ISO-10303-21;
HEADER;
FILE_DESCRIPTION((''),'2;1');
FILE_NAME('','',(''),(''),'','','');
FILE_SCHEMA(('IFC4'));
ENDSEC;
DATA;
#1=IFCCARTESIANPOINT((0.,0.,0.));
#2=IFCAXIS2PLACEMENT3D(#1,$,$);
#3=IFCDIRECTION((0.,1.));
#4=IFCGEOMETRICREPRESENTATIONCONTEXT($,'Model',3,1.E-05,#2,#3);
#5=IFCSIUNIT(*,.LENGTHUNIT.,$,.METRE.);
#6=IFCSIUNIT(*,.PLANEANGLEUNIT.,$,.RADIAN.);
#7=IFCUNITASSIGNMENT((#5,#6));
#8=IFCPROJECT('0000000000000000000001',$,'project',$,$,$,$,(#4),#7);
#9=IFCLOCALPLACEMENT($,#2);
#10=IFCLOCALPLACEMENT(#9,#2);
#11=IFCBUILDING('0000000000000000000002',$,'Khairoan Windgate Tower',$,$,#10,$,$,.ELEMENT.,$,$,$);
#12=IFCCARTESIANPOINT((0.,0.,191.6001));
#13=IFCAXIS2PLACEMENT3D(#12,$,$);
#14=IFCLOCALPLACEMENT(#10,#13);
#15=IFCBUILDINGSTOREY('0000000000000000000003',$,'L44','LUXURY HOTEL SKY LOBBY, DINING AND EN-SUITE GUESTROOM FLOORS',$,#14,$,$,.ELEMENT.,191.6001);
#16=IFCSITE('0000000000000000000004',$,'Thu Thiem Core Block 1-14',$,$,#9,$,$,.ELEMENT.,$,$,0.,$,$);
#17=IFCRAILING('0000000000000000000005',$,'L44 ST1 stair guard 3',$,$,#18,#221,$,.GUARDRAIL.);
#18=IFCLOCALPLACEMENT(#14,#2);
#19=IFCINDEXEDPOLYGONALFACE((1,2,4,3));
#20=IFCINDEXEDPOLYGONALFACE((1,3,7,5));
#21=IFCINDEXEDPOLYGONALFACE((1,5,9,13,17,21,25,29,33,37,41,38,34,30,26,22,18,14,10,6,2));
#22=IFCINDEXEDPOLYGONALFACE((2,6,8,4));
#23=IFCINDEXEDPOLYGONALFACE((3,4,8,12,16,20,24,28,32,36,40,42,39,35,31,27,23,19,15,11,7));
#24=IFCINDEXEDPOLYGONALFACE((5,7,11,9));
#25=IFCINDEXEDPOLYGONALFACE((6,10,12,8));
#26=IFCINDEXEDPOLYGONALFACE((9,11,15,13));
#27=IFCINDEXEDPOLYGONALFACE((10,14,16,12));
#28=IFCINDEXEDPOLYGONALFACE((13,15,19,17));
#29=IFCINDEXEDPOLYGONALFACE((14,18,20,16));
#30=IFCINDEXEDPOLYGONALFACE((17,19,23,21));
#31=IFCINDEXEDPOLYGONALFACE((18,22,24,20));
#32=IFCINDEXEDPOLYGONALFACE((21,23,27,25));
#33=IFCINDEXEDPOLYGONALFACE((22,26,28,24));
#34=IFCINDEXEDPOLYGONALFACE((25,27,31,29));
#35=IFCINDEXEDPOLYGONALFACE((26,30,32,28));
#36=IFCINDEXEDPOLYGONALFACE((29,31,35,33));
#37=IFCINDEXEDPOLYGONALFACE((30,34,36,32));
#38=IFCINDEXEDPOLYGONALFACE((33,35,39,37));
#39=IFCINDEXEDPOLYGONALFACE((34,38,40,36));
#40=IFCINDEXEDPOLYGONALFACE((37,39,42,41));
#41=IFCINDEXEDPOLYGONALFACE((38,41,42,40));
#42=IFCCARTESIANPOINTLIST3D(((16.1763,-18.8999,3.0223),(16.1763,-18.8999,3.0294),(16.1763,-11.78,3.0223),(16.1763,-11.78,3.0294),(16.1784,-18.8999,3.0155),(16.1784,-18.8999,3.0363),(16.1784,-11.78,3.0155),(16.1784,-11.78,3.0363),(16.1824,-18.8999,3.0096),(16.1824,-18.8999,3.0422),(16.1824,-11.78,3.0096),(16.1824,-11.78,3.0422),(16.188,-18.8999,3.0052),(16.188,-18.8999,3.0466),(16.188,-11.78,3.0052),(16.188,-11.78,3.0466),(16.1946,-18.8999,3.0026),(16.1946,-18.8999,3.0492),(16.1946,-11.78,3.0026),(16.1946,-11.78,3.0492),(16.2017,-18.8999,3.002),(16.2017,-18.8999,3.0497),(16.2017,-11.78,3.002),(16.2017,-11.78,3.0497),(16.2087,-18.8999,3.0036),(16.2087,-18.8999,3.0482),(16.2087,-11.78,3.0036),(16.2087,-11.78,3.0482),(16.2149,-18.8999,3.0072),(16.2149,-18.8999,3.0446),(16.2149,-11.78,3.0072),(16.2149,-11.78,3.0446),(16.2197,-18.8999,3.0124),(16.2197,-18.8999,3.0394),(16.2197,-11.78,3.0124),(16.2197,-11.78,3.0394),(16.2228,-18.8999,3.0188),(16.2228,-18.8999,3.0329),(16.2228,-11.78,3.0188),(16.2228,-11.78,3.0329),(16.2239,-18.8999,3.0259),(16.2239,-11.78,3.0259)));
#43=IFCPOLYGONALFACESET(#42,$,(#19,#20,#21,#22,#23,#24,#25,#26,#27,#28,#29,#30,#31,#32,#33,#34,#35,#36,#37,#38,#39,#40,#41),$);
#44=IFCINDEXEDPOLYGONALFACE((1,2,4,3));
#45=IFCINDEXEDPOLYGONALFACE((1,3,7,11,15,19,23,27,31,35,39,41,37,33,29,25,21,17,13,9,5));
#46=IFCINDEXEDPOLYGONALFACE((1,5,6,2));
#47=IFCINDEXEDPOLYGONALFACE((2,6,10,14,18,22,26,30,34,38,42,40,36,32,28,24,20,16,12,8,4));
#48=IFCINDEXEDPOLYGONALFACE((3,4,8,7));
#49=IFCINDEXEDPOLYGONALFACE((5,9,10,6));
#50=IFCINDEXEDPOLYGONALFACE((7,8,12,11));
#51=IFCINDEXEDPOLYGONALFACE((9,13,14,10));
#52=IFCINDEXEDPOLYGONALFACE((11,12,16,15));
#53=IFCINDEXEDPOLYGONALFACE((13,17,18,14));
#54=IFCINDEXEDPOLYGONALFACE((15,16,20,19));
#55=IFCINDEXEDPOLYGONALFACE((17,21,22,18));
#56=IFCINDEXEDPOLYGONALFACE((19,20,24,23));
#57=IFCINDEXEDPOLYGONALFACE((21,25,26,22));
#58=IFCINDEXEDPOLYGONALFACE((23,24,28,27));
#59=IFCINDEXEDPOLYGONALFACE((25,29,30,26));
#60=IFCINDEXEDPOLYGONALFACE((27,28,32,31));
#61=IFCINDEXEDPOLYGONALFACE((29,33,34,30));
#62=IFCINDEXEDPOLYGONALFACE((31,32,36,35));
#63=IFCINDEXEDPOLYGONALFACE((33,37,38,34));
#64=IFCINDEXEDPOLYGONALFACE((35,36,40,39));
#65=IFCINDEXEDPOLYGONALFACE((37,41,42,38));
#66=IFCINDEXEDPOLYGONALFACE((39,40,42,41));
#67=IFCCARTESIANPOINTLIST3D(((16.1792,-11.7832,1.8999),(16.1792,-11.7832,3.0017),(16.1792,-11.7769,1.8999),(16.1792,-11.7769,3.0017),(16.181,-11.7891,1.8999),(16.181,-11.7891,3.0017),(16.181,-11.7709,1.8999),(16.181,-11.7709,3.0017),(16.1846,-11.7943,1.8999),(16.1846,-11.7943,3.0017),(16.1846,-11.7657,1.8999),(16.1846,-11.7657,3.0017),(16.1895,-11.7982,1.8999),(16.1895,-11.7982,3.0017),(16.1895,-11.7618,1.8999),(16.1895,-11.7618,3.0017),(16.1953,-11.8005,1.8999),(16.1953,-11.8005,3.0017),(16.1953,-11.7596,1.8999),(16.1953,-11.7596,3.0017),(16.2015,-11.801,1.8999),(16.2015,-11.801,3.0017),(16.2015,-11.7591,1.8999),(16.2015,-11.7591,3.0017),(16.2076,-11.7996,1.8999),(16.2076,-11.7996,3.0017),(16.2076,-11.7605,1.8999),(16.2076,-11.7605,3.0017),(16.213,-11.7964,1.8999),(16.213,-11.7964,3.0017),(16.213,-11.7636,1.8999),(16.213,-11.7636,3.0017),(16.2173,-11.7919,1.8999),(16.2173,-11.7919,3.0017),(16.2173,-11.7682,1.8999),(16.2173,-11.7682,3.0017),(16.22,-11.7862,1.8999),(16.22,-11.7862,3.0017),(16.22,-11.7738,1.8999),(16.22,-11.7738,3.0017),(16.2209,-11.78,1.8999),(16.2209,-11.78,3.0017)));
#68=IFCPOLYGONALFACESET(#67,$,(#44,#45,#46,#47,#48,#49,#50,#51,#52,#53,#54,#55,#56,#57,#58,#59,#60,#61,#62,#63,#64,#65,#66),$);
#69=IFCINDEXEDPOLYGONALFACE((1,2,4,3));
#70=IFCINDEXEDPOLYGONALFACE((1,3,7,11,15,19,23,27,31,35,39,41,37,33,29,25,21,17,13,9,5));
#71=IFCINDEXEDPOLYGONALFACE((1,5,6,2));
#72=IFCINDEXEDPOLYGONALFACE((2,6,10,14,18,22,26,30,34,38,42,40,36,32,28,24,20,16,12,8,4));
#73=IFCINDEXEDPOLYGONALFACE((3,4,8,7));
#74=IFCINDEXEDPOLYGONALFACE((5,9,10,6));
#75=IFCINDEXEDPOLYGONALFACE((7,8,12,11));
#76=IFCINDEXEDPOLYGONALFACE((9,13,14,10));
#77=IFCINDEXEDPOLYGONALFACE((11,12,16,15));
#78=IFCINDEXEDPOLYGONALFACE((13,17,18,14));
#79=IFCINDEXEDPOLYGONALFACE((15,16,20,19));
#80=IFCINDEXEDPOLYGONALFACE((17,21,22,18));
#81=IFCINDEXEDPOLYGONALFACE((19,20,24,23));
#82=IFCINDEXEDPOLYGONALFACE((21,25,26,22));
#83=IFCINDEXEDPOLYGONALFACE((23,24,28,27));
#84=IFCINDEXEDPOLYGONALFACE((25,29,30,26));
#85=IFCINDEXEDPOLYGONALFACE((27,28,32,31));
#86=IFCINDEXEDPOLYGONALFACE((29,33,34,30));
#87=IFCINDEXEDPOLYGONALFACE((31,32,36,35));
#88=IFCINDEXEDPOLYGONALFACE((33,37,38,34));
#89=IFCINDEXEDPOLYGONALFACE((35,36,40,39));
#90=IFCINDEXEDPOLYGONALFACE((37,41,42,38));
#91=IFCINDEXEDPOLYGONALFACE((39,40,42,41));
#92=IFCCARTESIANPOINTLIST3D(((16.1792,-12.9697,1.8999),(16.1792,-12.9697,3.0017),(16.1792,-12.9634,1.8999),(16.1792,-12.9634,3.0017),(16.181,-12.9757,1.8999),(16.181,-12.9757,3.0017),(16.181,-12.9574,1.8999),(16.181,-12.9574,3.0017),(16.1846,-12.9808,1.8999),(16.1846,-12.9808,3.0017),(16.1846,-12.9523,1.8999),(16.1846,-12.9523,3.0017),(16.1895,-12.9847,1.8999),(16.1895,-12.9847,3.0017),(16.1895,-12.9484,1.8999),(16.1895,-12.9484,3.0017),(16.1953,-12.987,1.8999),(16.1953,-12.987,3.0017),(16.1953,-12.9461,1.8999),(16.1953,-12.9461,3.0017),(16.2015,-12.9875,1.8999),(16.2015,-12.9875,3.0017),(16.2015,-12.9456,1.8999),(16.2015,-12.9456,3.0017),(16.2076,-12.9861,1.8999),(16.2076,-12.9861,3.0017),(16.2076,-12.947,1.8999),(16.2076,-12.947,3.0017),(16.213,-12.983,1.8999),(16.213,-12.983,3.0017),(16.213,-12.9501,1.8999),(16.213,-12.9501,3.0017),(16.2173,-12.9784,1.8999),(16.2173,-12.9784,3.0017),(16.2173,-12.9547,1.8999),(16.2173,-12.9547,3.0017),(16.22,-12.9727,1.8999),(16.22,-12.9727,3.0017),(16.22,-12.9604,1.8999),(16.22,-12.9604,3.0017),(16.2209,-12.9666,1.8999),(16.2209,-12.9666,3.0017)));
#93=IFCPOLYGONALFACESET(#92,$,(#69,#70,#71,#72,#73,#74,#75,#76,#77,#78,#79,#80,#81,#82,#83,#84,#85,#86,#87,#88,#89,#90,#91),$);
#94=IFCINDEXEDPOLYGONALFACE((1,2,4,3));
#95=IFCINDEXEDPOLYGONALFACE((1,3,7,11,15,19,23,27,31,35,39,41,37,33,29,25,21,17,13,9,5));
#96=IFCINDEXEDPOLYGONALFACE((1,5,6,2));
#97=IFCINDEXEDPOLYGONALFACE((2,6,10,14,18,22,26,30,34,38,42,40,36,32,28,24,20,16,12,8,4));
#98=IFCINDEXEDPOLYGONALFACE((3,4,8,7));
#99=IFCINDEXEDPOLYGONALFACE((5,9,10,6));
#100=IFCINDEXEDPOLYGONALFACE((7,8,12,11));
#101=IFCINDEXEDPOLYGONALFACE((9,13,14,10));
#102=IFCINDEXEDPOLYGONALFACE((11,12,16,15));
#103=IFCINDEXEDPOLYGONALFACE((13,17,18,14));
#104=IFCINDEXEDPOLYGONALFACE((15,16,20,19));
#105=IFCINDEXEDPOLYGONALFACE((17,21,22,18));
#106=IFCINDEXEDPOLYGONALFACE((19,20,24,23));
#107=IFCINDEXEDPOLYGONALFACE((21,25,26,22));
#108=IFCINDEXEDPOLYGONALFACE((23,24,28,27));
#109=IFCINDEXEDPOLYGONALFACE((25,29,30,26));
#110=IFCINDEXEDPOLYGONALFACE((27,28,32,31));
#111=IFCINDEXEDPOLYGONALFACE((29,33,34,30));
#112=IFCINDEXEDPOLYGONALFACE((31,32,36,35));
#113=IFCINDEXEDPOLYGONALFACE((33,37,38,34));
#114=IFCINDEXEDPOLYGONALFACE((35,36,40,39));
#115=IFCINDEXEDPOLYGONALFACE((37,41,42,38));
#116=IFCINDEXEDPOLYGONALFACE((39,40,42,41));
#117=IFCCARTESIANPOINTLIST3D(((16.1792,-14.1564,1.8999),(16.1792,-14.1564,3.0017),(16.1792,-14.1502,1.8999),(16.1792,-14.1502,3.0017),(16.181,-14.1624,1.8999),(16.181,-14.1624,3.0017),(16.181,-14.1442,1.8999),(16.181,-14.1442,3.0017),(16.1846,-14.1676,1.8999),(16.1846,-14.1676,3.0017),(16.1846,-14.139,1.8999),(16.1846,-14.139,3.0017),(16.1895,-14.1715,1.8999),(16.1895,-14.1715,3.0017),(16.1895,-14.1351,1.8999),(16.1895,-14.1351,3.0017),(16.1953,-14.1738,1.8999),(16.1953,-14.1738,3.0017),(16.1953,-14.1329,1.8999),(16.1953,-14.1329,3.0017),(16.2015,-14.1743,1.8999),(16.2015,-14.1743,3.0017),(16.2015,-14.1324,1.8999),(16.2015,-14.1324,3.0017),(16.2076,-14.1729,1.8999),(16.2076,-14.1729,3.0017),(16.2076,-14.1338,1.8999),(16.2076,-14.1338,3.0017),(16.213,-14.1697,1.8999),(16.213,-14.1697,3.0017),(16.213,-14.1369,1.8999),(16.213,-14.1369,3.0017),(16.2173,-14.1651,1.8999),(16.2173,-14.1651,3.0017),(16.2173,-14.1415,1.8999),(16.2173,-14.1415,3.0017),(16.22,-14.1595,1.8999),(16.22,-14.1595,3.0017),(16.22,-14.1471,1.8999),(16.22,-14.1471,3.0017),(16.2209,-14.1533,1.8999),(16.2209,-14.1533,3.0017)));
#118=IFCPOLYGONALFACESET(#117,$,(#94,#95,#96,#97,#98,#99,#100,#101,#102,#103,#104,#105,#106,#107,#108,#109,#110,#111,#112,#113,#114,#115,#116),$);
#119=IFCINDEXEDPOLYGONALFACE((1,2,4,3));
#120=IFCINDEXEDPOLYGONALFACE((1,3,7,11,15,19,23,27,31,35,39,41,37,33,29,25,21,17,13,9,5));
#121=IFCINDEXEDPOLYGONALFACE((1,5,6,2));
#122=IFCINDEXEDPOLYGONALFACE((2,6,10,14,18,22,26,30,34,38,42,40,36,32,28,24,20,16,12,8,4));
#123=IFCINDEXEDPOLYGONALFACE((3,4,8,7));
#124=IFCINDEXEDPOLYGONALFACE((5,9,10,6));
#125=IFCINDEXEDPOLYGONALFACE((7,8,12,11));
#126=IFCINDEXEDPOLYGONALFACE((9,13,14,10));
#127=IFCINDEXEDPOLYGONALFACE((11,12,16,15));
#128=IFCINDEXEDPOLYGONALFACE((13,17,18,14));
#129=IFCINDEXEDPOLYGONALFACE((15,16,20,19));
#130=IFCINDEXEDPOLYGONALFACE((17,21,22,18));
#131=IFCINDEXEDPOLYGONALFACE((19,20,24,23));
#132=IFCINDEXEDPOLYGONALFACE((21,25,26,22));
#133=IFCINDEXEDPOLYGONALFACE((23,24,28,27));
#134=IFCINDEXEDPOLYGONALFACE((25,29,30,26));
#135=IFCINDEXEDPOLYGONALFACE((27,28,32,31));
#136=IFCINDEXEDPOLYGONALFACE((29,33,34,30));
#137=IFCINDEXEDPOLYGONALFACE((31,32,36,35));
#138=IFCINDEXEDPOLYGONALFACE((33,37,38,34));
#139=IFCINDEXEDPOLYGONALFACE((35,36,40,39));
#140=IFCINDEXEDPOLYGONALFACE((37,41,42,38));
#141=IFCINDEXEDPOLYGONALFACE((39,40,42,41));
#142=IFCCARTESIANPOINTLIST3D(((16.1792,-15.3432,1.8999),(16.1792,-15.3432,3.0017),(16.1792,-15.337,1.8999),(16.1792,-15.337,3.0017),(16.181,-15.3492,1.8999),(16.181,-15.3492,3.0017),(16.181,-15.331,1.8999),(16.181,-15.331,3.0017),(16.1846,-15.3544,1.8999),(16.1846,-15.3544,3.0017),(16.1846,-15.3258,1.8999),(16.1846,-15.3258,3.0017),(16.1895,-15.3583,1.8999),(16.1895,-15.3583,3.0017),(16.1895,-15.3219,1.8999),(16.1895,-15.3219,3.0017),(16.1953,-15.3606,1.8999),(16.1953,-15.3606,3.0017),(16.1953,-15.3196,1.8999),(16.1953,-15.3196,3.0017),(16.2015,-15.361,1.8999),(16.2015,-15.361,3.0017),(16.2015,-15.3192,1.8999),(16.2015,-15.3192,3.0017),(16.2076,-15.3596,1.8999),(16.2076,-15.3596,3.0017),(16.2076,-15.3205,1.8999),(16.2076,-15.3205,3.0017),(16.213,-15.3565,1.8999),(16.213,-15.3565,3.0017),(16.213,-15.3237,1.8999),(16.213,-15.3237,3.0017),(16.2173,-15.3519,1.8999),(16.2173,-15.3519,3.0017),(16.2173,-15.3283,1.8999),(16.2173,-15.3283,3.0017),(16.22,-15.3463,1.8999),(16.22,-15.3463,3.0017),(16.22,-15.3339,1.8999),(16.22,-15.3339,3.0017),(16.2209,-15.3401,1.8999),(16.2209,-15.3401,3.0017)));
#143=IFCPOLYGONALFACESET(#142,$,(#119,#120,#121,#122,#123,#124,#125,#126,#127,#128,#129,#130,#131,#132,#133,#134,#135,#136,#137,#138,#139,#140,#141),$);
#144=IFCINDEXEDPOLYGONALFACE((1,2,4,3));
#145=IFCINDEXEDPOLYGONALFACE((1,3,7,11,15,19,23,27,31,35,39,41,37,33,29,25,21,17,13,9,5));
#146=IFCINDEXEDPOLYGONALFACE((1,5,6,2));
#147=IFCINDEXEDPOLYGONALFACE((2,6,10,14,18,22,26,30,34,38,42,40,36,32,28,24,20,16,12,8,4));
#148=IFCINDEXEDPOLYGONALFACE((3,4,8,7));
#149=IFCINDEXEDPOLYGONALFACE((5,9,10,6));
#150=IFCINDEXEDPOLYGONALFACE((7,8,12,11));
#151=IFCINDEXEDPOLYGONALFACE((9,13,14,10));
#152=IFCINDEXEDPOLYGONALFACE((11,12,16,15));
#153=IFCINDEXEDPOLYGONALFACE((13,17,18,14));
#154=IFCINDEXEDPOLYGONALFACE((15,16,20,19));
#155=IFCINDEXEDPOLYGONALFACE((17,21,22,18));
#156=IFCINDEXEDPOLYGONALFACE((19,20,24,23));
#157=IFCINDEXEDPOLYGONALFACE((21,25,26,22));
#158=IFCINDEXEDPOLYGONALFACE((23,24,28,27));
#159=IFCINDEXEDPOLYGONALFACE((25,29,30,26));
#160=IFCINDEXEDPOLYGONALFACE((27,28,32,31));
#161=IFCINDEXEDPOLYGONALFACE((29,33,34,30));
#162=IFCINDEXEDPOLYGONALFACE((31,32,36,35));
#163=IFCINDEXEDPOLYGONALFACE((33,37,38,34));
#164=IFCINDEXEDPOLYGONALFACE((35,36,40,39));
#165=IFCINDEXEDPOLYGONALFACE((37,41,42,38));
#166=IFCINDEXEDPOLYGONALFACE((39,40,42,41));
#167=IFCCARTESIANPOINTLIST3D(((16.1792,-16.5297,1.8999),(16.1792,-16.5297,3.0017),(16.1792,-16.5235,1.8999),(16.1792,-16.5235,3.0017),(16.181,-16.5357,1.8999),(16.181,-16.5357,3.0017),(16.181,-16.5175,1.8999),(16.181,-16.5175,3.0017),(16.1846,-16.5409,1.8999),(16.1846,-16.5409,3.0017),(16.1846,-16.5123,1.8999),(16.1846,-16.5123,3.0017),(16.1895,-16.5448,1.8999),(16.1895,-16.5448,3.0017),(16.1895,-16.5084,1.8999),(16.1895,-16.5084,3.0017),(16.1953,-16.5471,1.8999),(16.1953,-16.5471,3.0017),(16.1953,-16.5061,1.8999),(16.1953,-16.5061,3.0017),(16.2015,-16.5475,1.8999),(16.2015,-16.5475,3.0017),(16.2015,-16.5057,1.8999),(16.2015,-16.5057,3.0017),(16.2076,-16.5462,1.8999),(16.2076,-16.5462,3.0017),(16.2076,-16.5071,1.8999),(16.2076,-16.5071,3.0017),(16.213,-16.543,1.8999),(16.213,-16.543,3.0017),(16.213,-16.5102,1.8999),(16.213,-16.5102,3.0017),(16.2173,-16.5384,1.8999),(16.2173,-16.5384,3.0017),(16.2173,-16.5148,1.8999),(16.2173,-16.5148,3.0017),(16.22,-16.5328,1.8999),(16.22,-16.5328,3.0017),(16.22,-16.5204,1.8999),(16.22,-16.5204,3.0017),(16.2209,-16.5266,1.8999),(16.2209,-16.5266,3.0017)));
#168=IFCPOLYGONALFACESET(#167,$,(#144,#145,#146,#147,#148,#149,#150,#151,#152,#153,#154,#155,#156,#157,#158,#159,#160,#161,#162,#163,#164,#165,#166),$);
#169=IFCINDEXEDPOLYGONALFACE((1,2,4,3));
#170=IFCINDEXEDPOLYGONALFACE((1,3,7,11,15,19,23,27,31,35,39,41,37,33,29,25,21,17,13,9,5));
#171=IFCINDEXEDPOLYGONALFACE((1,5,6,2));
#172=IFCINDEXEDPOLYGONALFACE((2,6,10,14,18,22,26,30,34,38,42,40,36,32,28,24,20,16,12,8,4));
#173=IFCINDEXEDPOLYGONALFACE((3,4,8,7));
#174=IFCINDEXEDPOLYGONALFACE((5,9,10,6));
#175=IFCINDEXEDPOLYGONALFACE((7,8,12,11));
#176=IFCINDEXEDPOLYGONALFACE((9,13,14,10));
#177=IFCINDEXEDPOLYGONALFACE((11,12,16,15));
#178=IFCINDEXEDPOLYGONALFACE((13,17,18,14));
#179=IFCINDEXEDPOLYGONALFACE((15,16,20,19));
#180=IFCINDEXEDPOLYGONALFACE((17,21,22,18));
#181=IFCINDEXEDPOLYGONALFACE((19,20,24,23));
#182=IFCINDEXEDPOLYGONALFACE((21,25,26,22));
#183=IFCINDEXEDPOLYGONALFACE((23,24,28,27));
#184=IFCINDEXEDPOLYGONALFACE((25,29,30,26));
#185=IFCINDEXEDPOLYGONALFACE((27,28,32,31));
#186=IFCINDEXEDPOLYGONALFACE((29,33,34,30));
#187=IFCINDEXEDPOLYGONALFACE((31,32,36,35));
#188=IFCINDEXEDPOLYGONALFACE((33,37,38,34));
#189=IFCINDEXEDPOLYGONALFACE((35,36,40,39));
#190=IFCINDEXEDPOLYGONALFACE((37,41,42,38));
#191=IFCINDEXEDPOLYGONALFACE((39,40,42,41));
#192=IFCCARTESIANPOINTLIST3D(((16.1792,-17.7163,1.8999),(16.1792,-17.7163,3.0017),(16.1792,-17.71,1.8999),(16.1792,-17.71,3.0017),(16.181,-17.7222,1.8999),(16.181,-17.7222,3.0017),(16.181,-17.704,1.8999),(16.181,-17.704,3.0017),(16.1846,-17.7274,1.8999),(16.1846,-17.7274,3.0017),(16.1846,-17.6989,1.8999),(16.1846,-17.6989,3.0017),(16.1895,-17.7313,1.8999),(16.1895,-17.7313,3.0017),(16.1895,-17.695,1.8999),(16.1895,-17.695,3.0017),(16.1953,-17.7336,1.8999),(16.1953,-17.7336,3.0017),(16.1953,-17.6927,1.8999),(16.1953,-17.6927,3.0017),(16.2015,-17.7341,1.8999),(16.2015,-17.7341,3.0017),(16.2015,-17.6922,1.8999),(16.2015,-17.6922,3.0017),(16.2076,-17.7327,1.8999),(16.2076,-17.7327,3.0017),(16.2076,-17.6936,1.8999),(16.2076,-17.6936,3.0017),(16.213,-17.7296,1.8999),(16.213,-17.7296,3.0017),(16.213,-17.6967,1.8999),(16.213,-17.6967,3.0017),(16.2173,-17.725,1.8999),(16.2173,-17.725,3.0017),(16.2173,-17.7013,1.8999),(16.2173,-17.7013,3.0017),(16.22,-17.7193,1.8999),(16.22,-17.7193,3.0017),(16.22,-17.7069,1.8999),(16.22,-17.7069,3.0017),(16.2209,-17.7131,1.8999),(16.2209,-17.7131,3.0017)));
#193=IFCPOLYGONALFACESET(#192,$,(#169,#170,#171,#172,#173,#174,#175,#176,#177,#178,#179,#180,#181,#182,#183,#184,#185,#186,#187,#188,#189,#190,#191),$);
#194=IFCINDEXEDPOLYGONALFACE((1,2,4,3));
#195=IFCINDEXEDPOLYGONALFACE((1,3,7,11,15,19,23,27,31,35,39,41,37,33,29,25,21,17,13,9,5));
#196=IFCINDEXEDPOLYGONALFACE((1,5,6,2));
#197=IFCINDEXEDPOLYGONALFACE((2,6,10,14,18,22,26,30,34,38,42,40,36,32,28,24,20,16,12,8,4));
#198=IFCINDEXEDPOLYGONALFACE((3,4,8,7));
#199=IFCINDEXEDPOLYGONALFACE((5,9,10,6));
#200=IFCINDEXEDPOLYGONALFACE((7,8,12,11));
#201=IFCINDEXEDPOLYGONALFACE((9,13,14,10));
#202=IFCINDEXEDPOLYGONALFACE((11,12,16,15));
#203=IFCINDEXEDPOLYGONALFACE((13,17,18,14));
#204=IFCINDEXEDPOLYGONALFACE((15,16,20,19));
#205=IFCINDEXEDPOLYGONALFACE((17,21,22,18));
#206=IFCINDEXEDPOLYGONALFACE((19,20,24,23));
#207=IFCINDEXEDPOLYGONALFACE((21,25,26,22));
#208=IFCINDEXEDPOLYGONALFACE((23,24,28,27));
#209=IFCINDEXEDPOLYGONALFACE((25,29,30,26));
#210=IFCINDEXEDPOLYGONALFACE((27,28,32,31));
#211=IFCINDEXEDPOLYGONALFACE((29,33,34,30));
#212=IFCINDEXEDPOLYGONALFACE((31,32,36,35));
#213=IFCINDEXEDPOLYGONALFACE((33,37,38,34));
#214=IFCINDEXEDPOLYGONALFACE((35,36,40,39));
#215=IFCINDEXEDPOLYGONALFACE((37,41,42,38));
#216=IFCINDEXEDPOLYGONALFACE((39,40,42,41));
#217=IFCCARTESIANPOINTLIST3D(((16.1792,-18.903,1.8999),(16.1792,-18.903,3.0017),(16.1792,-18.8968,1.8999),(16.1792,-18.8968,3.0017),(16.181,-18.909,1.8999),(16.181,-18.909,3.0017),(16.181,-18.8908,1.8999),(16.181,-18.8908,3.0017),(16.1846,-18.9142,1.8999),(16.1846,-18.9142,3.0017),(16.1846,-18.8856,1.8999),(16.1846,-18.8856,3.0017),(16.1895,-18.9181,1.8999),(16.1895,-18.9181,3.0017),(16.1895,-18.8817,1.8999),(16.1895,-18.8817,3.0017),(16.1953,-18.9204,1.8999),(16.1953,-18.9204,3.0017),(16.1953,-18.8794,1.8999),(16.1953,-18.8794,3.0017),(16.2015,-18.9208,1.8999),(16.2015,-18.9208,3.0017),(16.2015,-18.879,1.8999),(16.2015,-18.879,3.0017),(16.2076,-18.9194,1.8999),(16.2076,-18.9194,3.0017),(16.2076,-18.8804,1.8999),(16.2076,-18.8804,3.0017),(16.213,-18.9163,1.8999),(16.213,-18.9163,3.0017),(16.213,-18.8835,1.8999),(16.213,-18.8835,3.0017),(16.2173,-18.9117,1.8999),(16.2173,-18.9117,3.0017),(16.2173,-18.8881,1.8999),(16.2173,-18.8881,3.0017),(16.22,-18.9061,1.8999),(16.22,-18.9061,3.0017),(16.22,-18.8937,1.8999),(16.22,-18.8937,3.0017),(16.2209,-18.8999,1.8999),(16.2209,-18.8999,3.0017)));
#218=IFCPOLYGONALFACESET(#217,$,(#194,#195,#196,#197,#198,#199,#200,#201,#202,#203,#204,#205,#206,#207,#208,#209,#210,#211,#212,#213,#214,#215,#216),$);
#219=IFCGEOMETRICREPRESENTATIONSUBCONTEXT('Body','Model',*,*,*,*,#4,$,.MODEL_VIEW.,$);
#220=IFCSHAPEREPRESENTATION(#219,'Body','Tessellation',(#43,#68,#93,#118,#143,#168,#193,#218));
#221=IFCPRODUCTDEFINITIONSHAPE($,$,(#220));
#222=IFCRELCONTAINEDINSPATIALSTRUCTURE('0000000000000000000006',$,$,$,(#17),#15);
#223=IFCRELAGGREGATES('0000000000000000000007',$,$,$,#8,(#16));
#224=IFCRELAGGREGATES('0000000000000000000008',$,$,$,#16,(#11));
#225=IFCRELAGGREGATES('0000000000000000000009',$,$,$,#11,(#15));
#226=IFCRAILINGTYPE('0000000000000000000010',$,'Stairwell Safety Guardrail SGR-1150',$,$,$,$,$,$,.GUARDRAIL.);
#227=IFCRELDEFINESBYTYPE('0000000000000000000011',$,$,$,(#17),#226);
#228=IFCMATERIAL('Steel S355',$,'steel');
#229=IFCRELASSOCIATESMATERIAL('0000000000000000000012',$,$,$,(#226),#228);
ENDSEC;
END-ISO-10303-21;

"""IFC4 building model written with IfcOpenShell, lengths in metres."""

from ifc_helpers import new_model, si_unit, direction, frame, origin, origin_2d, place, context, subcontext, project, spatial, circle, extrude, material, type_object, element, save


model = new_model("IFC4")

# Units and contexts
model_context = context("Model", 3, precision=1e-05, world=origin(), true_north=direction((0.0, 1.0)))
body_context = subcontext(model_context, "Body", "Model", "MODEL_VIEW")
ifc_project = project(units=[si_unit("LENGTHUNIT", "METRE"), si_unit("PLANEANGLEUNIT", "RADIAN")], contexts=[model_context])

# Site, building, storey
site_placement = place(None, origin())
site = spatial("IfcSite", under=ifc_project, at=site_placement, Name="Thu Thiem Core Block 1-14", CompositionType="ELEMENT", RefElevation=0.0)
building_placement = place(site_placement, origin())
building = spatial("IfcBuilding", under=site, at=building_placement, Name="Khairoan Windgate Tower", CompositionType="ELEMENT")
storey_placement = place(building_placement, frame((0.0, 0.0, 191.6001)))
storey = spatial("IfcBuildingStorey", under=building, at=storey_placement, Name="L44", Description="LUXURY HOTEL SKY LOBBY, DINING AND EN-SUITE GUESTROOM FLOORS", CompositionType="ELEMENT", Elevation=191.6001)

# Railing
ifc_material_1 = material(Name="Steel S355", Category="steel")
railing_type_1 = type_object("IfcRailingType", Name="Stairwell Safety Guardrail SGR-1150", PredefinedType="GUARDRAIL", material=ifc_material_1)
railing_1_placement = place(storey_placement, frame((16.2, -11.78, 1.8999)))
element("IfcRailing", 1, at=railing_1_placement, inside=storey, type_object=railing_type_1, Name="L44 ST1 stair guard 3", PredefinedType="GUARDRAIL", context=body_context, shape_type="SweptSolid", body=[
    extrude(circle(Radius=0.0239, at=origin_2d()), frame((0.0, 0.0, 1.126), z_axis=(0.0, -1.0, 0.0), x_axis=(1.0, 0.0, 0.0)), (0.0, 0.0, 1.0), 7.1199),
    extrude(circle(Radius=0.021, at=origin_2d()), origin(), (0.0, 0.0, 1.0), 1.1018),
    extrude(circle(Radius=0.021, at=origin_2d()), frame((0.0, -1.1865, 0.0)), (0.0, 0.0, 1.0), 1.1018),
    extrude(circle(Radius=0.021, at=origin_2d()), frame((0.0, -2.3733, 0.0)), (0.0, 0.0, 1.0), 1.1018),
    extrude(circle(Radius=0.021, at=origin_2d()), frame((0.0, -3.5601, 0.0)), (0.0, 0.0, 1.0), 1.1018),
    extrude(circle(Radius=0.021, at=origin_2d()), frame((0.0, -4.7466, 0.0)), (0.0, 0.0, 1.0), 1.1018),
    extrude(circle(Radius=0.021, at=origin_2d()), frame((0.0, -5.9331, 0.0)), (0.0, 0.0, 1.0), 1.1018),
    extrude(circle(Radius=0.021, at=origin_2d()), frame((0.0, -7.1199, 0.0)), (0.0, 0.0, 1.0), 1.1018),
])

save(model, "model.ifc")
